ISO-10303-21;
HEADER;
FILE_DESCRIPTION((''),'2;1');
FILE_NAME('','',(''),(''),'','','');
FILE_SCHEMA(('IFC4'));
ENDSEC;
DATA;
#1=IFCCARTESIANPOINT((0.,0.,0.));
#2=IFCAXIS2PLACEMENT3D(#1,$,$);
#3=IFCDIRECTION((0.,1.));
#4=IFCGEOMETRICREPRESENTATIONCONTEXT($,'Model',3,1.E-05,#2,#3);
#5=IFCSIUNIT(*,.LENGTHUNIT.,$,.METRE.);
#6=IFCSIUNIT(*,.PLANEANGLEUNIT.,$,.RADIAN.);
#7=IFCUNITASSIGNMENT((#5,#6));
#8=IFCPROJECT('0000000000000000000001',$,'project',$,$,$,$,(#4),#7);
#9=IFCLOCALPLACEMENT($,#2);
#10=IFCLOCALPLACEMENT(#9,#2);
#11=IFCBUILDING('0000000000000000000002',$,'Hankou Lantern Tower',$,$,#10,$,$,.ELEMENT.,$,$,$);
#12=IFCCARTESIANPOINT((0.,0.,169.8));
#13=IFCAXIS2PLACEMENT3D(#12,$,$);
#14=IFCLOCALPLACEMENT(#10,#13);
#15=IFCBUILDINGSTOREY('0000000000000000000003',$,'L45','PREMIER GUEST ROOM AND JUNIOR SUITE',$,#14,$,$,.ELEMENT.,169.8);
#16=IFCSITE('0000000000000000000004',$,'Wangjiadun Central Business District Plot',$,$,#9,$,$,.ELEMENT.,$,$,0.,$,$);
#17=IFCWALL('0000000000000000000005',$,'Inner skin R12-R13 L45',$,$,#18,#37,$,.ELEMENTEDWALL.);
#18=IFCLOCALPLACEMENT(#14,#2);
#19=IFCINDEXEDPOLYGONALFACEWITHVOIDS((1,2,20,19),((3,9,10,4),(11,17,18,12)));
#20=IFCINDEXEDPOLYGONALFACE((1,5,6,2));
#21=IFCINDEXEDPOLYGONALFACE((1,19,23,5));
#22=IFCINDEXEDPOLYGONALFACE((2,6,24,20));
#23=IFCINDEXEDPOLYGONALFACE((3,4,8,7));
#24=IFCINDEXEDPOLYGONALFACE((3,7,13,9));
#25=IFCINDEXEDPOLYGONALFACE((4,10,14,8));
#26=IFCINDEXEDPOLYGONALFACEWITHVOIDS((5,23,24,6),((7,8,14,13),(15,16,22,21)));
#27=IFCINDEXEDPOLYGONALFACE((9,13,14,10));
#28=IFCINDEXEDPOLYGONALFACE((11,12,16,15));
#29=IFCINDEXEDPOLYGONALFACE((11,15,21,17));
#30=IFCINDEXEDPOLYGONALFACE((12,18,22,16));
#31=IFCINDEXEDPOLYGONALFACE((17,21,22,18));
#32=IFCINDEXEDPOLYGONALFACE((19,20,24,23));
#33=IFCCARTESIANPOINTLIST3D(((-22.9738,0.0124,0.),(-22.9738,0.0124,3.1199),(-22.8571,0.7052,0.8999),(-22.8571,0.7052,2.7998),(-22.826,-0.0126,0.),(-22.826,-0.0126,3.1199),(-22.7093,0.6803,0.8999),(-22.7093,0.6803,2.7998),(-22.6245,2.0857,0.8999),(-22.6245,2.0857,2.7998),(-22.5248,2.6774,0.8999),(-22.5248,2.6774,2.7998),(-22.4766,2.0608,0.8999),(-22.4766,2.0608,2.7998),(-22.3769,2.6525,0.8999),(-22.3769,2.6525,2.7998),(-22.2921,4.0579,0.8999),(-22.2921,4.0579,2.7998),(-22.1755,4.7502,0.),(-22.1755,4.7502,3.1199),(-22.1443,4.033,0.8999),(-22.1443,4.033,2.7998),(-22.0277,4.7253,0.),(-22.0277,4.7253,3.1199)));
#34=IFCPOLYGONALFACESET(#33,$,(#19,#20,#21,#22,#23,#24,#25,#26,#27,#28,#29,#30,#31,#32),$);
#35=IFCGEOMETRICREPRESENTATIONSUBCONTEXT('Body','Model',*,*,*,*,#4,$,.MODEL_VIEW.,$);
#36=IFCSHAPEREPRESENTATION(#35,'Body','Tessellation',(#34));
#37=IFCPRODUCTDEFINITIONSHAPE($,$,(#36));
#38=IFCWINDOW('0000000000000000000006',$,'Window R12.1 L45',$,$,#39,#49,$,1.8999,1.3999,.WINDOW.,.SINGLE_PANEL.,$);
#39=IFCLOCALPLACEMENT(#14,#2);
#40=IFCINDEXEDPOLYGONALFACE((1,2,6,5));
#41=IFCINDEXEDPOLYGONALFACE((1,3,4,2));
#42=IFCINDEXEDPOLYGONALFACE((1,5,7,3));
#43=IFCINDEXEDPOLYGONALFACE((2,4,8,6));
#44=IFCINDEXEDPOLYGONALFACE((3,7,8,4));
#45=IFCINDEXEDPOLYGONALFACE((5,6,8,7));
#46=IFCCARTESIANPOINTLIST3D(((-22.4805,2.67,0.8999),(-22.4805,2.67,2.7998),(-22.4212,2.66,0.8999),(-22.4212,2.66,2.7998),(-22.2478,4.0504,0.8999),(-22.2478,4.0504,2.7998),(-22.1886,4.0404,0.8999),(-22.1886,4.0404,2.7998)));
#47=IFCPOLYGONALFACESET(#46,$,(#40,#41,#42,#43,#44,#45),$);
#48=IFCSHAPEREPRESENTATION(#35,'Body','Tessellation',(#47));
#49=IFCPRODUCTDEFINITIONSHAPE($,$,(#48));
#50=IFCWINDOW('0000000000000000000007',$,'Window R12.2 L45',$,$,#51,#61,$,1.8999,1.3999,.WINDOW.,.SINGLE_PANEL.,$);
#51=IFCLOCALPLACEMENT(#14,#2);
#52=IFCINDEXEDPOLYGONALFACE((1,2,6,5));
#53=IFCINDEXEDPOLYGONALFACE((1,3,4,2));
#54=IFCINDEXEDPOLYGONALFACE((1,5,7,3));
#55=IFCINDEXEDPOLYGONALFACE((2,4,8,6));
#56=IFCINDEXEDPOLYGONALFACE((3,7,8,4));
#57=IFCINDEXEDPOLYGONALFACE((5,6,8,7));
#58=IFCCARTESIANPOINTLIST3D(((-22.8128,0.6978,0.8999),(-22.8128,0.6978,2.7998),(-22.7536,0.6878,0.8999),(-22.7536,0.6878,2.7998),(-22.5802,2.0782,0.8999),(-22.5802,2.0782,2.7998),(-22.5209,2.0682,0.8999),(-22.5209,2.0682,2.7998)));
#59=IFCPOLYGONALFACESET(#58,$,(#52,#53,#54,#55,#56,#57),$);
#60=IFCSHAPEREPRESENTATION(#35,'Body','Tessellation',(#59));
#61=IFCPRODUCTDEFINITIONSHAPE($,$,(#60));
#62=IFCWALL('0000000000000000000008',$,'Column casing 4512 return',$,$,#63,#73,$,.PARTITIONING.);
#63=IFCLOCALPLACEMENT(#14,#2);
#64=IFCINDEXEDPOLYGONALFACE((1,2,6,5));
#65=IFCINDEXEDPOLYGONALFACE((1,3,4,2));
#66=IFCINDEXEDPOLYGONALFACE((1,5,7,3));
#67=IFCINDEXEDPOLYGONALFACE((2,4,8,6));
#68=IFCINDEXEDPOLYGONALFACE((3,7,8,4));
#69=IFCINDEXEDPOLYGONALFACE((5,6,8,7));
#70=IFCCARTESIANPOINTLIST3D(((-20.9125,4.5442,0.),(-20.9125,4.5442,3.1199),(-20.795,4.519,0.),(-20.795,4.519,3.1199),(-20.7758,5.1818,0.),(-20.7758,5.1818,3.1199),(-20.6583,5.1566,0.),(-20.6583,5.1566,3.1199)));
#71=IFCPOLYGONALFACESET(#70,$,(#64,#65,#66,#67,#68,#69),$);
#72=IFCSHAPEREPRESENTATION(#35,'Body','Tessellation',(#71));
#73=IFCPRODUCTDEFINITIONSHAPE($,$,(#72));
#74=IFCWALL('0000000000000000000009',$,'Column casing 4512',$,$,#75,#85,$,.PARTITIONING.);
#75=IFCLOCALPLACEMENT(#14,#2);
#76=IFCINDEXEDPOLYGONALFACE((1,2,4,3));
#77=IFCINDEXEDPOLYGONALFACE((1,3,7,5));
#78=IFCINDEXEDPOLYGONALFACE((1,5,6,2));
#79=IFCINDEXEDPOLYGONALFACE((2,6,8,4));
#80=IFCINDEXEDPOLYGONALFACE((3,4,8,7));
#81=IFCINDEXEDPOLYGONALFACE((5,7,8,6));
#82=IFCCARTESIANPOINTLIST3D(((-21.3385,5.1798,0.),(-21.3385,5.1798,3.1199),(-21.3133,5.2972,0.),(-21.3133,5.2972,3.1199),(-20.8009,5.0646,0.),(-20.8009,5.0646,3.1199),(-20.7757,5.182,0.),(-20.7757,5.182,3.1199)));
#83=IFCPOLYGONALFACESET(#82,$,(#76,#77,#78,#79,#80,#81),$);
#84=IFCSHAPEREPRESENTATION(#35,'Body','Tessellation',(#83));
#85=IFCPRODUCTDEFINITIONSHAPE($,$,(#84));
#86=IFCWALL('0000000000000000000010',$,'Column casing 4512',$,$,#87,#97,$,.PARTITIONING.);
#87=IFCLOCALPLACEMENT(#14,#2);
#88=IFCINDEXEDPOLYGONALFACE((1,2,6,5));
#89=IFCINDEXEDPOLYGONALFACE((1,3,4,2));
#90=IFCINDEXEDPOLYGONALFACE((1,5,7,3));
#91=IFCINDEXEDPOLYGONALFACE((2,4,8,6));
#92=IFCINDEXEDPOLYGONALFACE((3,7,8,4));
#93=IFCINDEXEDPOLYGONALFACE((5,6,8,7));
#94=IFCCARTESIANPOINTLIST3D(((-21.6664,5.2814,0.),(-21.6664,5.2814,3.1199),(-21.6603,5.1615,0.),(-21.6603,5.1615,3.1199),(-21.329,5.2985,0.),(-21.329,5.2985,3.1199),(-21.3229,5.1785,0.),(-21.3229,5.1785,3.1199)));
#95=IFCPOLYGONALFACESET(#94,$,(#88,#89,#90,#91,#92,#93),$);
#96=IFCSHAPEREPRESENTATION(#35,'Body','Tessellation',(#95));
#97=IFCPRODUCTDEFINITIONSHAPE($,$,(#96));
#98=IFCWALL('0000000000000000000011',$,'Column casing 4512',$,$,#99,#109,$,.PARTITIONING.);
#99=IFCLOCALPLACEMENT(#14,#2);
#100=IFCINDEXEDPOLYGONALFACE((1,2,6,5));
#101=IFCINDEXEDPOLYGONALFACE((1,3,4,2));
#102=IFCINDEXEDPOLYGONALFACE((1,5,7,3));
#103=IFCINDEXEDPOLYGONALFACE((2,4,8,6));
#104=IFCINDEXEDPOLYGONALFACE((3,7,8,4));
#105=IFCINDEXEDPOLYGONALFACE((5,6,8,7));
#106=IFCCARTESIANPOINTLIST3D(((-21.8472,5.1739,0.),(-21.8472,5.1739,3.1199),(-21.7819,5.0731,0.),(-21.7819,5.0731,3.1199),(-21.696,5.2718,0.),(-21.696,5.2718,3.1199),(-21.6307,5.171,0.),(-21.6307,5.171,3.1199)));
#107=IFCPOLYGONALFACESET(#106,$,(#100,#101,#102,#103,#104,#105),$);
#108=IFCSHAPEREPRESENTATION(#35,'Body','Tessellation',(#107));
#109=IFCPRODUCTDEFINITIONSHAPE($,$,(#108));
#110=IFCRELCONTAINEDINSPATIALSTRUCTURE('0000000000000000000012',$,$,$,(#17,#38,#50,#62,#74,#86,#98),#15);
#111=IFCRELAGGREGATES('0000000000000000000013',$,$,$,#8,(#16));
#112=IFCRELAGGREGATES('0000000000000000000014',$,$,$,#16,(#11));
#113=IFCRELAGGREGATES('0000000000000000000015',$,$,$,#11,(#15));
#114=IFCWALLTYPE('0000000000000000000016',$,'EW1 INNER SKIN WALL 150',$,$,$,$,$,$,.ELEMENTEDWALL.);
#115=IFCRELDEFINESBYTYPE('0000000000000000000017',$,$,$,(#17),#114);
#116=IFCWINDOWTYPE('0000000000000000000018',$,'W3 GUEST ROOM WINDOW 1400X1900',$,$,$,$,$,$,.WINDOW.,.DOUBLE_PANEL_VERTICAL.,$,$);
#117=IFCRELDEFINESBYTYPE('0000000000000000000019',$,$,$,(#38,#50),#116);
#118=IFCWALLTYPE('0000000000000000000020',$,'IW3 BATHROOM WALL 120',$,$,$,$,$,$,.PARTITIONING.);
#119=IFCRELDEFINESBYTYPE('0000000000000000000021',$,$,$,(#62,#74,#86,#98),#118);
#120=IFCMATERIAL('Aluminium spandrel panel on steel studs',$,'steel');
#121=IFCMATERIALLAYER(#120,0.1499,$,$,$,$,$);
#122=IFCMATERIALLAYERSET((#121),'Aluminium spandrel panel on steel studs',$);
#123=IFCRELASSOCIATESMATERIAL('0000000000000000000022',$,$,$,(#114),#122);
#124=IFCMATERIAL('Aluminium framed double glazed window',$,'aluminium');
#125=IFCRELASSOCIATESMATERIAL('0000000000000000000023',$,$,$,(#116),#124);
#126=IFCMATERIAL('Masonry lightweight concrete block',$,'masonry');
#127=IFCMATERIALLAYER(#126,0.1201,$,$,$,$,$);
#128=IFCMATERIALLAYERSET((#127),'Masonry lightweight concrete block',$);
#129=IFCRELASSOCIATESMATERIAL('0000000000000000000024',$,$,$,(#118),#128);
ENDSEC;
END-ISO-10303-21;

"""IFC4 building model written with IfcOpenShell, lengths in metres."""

from ifc_helpers import new_model, si_unit, direction, frame, frame_2d, origin, place, context, subcontext, project, spatial, rectangle, extrude, material, layer, layer_set, type_object, element, fill, save


model = new_model("IFC4")

# Units and contexts
model_context = context("Model", 3, precision=1e-05, world=origin(), true_north=direction((0.0, 1.0)))
body_context = subcontext(model_context, "Body", "Model", "MODEL_VIEW")
ifc_project = project(units=[si_unit("LENGTHUNIT", "METRE"), si_unit("PLANEANGLEUNIT", "RADIAN")], contexts=[model_context])

# Site, building, storey
site_placement = place(None, origin())
site = spatial("IfcSite", under=ifc_project, at=site_placement, Name="Wangjiadun Central Business District Plot", CompositionType="ELEMENT", RefElevation=0.0)
building_placement = place(site_placement, origin())
building = spatial("IfcBuilding", under=site, at=building_placement, Name="Hankou Lantern Tower", CompositionType="ELEMENT")
storey_placement = place(building_placement, frame((0.0, 0.0, 169.8)))
storey = spatial("IfcBuildingStorey", under=building, at=storey_placement, Name="L45", Description="PREMIER GUEST ROOM AND JUNIOR SUITE", CompositionType="ELEMENT", Elevation=169.8)

# Wall, openings, windows
ifc_material_1 = material(Name="Aluminium spandrel panel on steel studs", Category="steel")
ifc_layer_1 = layer(ifc_material_1, 0.1499)
ifc_layer_set_1 = layer_set([ifc_layer_1], Name="Aluminium spandrel panel on steel studs")
wall_type_1 = type_object("IfcWallType", Name="EW1 INNER SKIN WALL 150", PredefinedType="ELEMENTEDWALL", material=ifc_layer_set_1)
wall_1_placement = place(storey_placement, frame((-22.1016, 4.7378, 0.0), z_axis=(0.0, 0.0, 1.0), x_axis=(-0.166162, -0.986098, 0.0)))
wall_1 = element("IfcWall", 1, at=wall_1_placement, inside=storey, type_object=wall_type_1, Name="Inner skin R12-R13 L45", PredefinedType="ELEMENTEDWALL", context=body_context, shape_type="SweptSolid", body=[
    extrude(rectangle(XDim=4.8047, YDim=0.1499, at=frame_2d((2.4023, 0.0))), origin(), (0.0, 0.0, 1.0), 3.1199),
])
opening_1_placement = place(wall_1_placement, frame((0.7021, 0.0, 0.8999)))
opening_1 = element("IfcOpeningElement", 2, at=opening_1_placement, cuts=wall_1, PredefinedType="OPENING", context=body_context, shape_type="SweptSolid", body=[
    extrude(rectangle(XDim=1.3999, YDim=1.8999, at=frame_2d((0.7, 0.95))), frame((0.0, 0.085, 0.0), z_axis=(0.0, -1.0, 0.0), x_axis=(1.0, 0.0, 0.0)), (0.0, 0.0, 1.0), 0.1699),
])
opening_2_placement = place(wall_1_placement, frame((2.7021, 0.0, 0.8999)))
opening_2 = element("IfcOpeningElement", 3, at=opening_2_placement, cuts=wall_1, PredefinedType="OPENING", context=body_context, shape_type="SweptSolid", body=[
    extrude(rectangle(XDim=1.3999, YDim=1.8999, at=frame_2d((0.7, 0.95))), frame((0.0, 0.085, 0.0), z_axis=(0.0, -1.0, 0.0), x_axis=(1.0, 0.0, 0.0)), (0.0, 0.0, 1.0), 0.1699),
])
ifc_material_2 = material(Name="Aluminium framed double glazed window", Category="aluminium")
window_type = type_object("IfcWindowType", Name="W3 GUEST ROOM WINDOW 1400X1900", PartitioningType="DOUBLE_PANEL_VERTICAL", PredefinedType="WINDOW", material=ifc_material_2)
window_1_placement = place(opening_1_placement, origin())
window_1 = element("IfcWindow", 4, at=window_1_placement, inside=storey, type_object=window_type, Name="Window R12.1 L45", OverallHeight=1.8999, OverallWidth=1.3999, PartitioningType="SINGLE_PANEL", PredefinedType="WINDOW", context=body_context, shape_type="SweptSolid", body=[
    extrude(rectangle(XDim=1.3999, YDim=1.8999, at=frame_2d((0.7, 0.95))), frame((0.0, 0.03, 0.0), z_axis=(0.0, -1.0, 0.0), x_axis=(1.0, 0.0, 0.0)), (0.0, 0.0, 1.0), 0.0601),
])
fill(opening_1, window_1)
window_2_placement = place(opening_2_placement, origin())
window_2 = element("IfcWindow", 5, at=window_2_placement, inside=storey, type_object=window_type, Name="Window R12.2 L45", OverallHeight=1.8999, OverallWidth=1.3999, PartitioningType="SINGLE_PANEL", PredefinedType="WINDOW", context=body_context, shape_type="SweptSolid", body=[
    extrude(rectangle(XDim=1.3999, YDim=1.8999, at=frame_2d((0.7, 0.95))), frame((0.0, 0.03, 0.0), z_axis=(0.0, -1.0, 0.0), x_axis=(1.0, 0.0, 0.0)), (0.0, 0.0, 1.0), 0.0601),
])
fill(opening_2, window_2)

# Walls
ifc_material_3 = material(Name="Masonry lightweight concrete block", Category="masonry")
ifc_layer_2 = layer(ifc_material_3, 0.1201)
ifc_layer_set_2 = layer_set([ifc_layer_2], Name="Masonry lightweight concrete block")
wall_type_2 = type_object("IfcWallType", Name="IW3 BATHROOM WALL 120", PredefinedType="PARTITIONING", material=ifc_layer_set_2)
wall_2_placement = place(storey_placement, frame((-20.8538, 4.5315, 0.0), z_axis=(0.0, 0.0, 1.0), x_axis=(0.209631, 0.97778, 0.0)))
element("IfcWall", 6, at=wall_2_placement, inside=storey, type_object=wall_type_2, Name="Column casing 4512 return", PredefinedType="PARTITIONING", context=body_context, shape_type="SweptSolid", body=[
    extrude(rectangle(XDim=0.6521, YDim=0.1201, at=frame_2d((0.3262, 0.0))), origin(), (0.0, 0.0, 1.0), 3.1199),
])
wall_3_placement = place(storey_placement, frame((-20.7883, 5.1233, 0.0), z_axis=(0.0, 0.0, 1.0), x_axis=(-0.977789, 0.20959, 0.0)))
element("IfcWall", 7, at=wall_3_placement, inside=storey, type_object=wall_type_2, Name="Column casing 4512", PredefinedType="PARTITIONING", context=body_context, shape_type="SweptSolid", body=[
    extrude(rectangle(XDim=0.5498, YDim=0.1201, at=frame_2d((0.2749, 0.0))), origin(), (0.0, 0.0, 1.0), 3.1199),
])
wall_4_placement = place(storey_placement, frame((-21.3259, 5.2385, 0.0), z_axis=(0.0, 0.0, 1.0), x_axis=(-0.99872, -0.050586, 0.0)))
element("IfcWall", 8, at=wall_4_placement, inside=storey, type_object=wall_type_2, Name="Column casing 4512", PredefinedType="PARTITIONING", context=body_context, shape_type="SweptSolid", body=[
    extrude(rectangle(XDim=0.3379, YDim=0.1201, at=frame_2d((0.1689, 0.0))), origin(), (0.0, 0.0, 1.0), 3.1199),
])
wall_5_placement = place(storey_placement, frame((-21.6633, 5.2214, 0.0), z_axis=(0.0, 0.0, 1.0), x_axis=(-0.839279, -0.543701, 0.0)))
element("IfcWall", 9, at=wall_5_placement, inside=storey, type_object=wall_type_2, Name="Column casing 4512", PredefinedType="PARTITIONING", context=body_context, shape_type="SweptSolid", body=[
    extrude(rectangle(XDim=0.1802, YDim=0.1201, at=frame_2d((0.0901, 0.0))), origin(), (0.0, 0.0, 1.0), 3.1199),
])

save(model, "model.ifc")
